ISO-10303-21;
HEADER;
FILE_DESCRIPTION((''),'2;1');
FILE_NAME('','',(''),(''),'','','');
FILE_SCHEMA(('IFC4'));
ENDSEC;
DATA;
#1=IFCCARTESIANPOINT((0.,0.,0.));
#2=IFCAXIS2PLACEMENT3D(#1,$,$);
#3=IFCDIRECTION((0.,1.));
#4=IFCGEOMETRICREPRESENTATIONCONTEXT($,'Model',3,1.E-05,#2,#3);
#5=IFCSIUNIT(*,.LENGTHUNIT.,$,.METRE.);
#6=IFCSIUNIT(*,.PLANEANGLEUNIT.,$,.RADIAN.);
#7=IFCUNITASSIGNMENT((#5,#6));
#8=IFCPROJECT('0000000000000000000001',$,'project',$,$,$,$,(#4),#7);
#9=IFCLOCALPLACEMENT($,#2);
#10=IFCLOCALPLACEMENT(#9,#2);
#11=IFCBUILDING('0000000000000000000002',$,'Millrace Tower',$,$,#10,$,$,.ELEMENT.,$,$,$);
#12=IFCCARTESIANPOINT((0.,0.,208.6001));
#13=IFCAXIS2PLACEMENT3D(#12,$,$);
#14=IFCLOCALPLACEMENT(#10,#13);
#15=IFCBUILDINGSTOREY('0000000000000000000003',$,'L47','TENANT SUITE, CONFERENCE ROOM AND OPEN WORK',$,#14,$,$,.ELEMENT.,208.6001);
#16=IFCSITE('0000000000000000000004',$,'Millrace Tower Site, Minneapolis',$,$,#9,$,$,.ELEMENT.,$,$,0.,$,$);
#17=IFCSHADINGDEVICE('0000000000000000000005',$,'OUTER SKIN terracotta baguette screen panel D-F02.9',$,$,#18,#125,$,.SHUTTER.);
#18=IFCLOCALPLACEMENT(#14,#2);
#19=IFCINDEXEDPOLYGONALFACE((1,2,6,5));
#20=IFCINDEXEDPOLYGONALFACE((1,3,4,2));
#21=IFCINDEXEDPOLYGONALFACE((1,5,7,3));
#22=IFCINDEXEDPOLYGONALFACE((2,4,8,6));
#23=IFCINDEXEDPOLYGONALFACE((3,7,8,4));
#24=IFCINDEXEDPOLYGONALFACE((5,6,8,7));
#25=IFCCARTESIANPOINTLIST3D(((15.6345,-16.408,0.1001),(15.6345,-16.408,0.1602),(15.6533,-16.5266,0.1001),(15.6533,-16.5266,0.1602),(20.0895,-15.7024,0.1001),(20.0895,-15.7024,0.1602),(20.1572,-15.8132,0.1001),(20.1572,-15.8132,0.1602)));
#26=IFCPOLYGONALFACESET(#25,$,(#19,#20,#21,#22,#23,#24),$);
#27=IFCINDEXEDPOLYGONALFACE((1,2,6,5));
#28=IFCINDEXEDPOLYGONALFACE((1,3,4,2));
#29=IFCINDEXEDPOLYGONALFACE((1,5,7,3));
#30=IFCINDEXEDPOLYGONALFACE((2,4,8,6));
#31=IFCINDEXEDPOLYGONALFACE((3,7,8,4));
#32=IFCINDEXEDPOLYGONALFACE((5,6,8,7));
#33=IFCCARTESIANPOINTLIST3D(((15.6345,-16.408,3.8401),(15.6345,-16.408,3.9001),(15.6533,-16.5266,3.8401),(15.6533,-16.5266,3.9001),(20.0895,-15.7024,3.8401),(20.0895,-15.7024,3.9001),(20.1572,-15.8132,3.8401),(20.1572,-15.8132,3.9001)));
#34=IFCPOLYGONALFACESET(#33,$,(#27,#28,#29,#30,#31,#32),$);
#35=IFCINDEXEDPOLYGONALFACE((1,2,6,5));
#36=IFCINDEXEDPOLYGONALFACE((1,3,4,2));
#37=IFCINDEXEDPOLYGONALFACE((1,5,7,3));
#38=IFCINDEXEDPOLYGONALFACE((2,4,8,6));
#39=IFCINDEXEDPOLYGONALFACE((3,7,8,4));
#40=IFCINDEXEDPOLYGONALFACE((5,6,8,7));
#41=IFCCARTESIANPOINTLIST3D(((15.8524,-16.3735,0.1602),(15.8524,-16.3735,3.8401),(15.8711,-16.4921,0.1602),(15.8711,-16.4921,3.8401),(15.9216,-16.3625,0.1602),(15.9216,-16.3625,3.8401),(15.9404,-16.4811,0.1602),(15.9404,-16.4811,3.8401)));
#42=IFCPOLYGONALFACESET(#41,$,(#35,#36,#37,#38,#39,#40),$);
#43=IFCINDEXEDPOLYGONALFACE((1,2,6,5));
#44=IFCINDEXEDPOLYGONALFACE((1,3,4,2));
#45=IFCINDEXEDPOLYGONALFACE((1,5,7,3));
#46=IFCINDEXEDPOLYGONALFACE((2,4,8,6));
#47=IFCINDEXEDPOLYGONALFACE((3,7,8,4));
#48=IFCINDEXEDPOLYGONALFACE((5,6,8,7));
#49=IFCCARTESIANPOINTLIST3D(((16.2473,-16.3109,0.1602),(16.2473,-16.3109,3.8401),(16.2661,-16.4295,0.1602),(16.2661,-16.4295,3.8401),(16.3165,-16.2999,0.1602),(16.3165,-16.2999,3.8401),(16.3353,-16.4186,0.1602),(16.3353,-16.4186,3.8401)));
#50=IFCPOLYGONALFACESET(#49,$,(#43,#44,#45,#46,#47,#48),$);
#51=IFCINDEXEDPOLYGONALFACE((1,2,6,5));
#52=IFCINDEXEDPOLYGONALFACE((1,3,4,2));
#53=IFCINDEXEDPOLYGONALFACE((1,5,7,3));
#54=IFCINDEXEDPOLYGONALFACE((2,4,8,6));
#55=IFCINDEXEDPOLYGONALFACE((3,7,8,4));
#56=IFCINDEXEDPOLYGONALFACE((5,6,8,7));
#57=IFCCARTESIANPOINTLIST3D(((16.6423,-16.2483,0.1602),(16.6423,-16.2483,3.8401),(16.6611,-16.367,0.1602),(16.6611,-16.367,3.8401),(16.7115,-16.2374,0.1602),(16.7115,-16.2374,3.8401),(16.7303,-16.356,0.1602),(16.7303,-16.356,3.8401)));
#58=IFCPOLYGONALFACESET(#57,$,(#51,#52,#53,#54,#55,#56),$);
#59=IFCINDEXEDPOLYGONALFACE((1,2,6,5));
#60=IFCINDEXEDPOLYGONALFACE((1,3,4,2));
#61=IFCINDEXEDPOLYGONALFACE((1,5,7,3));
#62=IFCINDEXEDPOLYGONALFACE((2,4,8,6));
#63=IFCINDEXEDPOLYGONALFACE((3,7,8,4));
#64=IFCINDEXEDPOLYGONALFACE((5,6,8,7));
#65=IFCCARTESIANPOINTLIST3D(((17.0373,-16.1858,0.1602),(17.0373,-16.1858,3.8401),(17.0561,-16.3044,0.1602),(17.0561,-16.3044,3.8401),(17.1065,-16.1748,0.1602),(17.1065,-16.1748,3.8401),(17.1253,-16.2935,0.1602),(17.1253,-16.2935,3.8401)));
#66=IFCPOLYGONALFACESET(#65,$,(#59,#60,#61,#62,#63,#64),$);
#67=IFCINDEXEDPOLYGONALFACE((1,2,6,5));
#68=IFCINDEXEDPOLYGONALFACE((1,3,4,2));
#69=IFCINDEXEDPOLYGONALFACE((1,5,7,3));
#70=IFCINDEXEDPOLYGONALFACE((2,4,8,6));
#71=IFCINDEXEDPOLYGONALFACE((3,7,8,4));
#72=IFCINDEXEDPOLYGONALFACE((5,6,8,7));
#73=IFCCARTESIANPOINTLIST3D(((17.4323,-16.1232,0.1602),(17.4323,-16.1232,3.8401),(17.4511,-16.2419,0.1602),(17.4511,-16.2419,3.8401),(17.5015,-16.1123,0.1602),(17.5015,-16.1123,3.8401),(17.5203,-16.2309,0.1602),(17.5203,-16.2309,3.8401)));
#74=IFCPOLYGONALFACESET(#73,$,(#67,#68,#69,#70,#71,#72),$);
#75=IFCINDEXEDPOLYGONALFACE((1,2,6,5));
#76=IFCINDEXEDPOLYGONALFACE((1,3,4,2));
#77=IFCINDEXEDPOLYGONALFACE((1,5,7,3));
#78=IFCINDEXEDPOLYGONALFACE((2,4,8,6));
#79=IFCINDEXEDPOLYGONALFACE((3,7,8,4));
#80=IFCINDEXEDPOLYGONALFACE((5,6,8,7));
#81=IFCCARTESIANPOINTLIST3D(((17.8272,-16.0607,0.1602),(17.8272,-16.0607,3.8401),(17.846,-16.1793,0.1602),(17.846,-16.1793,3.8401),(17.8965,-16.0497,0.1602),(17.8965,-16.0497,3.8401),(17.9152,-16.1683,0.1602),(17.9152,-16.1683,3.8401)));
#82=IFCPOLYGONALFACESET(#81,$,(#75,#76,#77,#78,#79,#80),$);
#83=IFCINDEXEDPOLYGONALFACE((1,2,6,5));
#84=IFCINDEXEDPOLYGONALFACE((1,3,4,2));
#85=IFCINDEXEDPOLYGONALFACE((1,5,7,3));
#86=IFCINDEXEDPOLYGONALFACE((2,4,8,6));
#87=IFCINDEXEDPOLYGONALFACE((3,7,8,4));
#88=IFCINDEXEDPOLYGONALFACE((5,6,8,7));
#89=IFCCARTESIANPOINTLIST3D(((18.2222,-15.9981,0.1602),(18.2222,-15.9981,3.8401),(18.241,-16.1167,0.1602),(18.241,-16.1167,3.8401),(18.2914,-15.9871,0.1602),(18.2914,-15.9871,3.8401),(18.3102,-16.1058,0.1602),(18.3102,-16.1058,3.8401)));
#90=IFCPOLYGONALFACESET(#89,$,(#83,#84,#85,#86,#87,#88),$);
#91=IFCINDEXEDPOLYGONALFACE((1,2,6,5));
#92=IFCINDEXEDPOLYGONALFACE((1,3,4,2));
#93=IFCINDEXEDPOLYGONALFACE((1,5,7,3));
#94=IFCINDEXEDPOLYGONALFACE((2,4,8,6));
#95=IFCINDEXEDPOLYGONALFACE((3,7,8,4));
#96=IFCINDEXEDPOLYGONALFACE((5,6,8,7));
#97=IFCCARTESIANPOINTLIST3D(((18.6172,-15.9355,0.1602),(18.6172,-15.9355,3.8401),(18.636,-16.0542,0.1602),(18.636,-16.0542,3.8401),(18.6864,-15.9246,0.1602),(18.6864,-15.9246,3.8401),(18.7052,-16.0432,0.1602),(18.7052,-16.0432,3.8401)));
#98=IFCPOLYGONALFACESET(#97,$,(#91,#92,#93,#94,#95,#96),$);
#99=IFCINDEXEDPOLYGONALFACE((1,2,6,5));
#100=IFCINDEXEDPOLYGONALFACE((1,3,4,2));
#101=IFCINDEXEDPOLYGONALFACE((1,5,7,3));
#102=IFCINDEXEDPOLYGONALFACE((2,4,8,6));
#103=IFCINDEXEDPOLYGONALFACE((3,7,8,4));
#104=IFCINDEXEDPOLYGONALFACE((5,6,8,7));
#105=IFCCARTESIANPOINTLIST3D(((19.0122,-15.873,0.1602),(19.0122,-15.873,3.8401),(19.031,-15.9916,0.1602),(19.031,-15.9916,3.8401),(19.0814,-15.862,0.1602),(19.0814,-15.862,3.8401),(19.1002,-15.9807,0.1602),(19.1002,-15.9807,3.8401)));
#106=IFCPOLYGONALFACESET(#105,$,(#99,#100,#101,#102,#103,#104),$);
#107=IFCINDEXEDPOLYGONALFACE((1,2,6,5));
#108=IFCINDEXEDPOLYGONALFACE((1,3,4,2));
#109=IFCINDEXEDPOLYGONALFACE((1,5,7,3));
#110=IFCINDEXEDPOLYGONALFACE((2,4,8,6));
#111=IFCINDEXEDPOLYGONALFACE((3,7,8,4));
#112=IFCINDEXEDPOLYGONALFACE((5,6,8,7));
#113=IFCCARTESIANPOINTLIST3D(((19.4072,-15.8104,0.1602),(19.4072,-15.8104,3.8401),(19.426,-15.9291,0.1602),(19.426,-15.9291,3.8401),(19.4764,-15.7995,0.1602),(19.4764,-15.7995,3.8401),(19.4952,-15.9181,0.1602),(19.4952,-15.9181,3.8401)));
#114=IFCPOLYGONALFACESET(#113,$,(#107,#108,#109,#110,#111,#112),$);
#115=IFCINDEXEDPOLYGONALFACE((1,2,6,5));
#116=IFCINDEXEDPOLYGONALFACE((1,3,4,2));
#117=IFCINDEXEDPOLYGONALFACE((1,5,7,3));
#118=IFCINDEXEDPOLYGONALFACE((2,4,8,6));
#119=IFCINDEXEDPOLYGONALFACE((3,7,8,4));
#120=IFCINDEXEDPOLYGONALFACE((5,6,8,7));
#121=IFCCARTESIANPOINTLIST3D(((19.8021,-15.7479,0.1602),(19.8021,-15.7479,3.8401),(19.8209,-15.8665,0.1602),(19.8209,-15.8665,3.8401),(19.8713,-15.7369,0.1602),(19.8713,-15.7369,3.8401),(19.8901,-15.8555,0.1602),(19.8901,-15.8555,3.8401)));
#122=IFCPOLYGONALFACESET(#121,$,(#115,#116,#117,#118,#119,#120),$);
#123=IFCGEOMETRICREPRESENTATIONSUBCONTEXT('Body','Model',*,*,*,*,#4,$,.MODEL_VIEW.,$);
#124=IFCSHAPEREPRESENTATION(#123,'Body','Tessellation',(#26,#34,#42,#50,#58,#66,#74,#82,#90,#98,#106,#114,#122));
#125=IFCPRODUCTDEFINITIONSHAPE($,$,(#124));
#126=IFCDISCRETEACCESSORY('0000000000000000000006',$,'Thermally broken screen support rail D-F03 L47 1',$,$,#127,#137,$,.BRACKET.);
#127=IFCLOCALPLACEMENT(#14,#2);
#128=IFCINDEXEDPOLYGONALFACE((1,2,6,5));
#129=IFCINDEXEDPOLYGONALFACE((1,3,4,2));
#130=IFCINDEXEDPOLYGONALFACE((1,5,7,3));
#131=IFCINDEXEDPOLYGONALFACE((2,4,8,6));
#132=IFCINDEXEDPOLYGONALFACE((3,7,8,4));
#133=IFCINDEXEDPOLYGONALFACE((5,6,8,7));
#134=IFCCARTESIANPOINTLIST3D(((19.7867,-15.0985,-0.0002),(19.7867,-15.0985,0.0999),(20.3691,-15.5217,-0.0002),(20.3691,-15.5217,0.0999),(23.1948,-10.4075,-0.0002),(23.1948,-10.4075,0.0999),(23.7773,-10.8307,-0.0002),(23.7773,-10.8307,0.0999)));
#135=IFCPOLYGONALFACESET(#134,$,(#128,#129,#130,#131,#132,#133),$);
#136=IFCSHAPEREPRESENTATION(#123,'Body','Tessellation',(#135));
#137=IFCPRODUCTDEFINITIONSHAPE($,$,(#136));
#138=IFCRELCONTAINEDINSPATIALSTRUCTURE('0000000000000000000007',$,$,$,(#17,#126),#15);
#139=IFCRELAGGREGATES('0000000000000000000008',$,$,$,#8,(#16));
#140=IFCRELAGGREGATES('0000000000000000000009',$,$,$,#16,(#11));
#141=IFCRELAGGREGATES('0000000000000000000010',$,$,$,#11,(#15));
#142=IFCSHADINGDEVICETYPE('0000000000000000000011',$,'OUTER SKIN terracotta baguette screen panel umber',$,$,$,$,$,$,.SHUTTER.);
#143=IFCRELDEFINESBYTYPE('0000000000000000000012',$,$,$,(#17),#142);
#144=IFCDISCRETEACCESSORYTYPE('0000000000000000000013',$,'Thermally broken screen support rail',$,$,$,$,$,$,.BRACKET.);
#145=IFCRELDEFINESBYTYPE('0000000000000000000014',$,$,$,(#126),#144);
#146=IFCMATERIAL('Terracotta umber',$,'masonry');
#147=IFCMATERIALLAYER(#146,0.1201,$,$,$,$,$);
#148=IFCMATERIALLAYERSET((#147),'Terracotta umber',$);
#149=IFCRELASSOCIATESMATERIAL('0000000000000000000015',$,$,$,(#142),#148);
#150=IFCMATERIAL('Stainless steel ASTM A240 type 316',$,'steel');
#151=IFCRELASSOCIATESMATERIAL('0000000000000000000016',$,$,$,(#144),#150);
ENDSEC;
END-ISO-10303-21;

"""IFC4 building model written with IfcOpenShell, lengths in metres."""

from ifc_helpers import new_model, entity, si_unit, direction, frame, frame_2d, origin, origin_2d, place, context, subcontext, project, spatial, rectangle, extrude, source, transform, mapped, material, layer, layer_set, type_object, element, save


model = new_model("IFC4")

# Units and contexts
model_context = context("Model", 3, precision=1e-05, world=origin(), true_north=direction((0.0, 1.0)))
body_context = subcontext(model_context, "Body", "Model", "MODEL_VIEW")
ifc_project = project(units=[si_unit("LENGTHUNIT", "METRE"), si_unit("PLANEANGLEUNIT", "RADIAN")], contexts=[model_context])

# Site, building, storey
site_placement = place(None, origin())
site = spatial("IfcSite", under=ifc_project, at=site_placement, Name="Millrace Tower Site, Minneapolis", CompositionType="ELEMENT", RefElevation=0.0)
building_placement = place(site_placement, origin())
building = spatial("IfcBuilding", under=site, at=building_placement, Name="Millrace Tower", CompositionType="ELEMENT")
storey_placement = place(building_placement, frame((0.0, 0.0, 208.6001)))
storey = spatial("IfcBuildingStorey", under=building, at=storey_placement, Name="L47", Description="TENANT SUITE, CONFERENCE ROOM AND OPEN WORK", CompositionType="ELEMENT", Elevation=208.6001)

# Shading device
ifc_material_1 = material(Name="Terracotta umber", Category="masonry")
ifc_layer_1 = layer(ifc_material_1, 0.1201)
ifc_layer_set_1 = layer_set([ifc_layer_1], Name="Terracotta umber")
shading_device_type = type_object("IfcShadingDeviceType", Name="OUTER SKIN terracotta baguette screen panel umber", PredefinedType="SHUTTER", material=ifc_layer_set_1)
cartesian_point_1 = entity("IfcCartesianPoint", [-2.2676, 0.0601])
shared_polyline_1 = entity("IfcPolyline", [cartesian_point_1, entity("IfcCartesianPoint", [2.2429, 0.0601]), entity("IfcCartesianPoint", [2.2925, -0.0601]), entity("IfcCartesianPoint", [-2.2676, -0.0601]), cartesian_point_1])
shared_shape_1 = source(origin(), body_context, "Body", "SweptSolid", [
    entity("IfcExtrudedAreaSolid", entity("IfcArbitraryClosedProfileDef", "AREA", None, shared_polyline_1), entity("IfcAxis2Placement3D", entity("IfcCartesianPoint", [0.0, 0.0, 0.0])), entity("IfcDirection", [0.0, 0.0, 1.0]), 0.0601),
    entity("IfcExtrudedAreaSolid", entity("IfcArbitraryClosedProfileDef", "AREA", None, shared_polyline_1), entity("IfcAxis2Placement3D", entity("IfcCartesianPoint", [0.0, 0.0, 3.74])), entity("IfcDirection", [0.0, 0.0, 1.0]), 0.0601),
    extrude(rectangle(XDim=0.0701, YDim=0.1201, at=frame_2d((-2.012, 0.0))), frame((0.0, 0.0, 0.0601)), (0.0, 0.0, 1.0), 3.6799),
    extrude(rectangle(XDim=0.0701, YDim=0.1201, at=frame_2d((-1.6121, 0.0))), frame((0.0, 0.0, 0.0601)), (0.0, 0.0, 1.0), 3.6799),
    extrude(rectangle(XDim=0.0701, YDim=0.1201, at=frame_2d((-1.2122, 0.0))), frame((0.0, 0.0, 0.0601)), (0.0, 0.0, 1.0), 3.6799),
    extrude(rectangle(XDim=0.0701, YDim=0.1201, at=frame_2d((-0.8123, 0.0))), frame((0.0, 0.0, 0.0601)), (0.0, 0.0, 1.0), 3.6799),
    extrude(rectangle(XDim=0.0701, YDim=0.1201, at=frame_2d((-0.4124, 0.0))), frame((0.0, 0.0, 0.0601)), (0.0, 0.0, 1.0), 3.6799),
    extrude(rectangle(XDim=0.0701, YDim=0.1201, at=frame_2d((-0.0125, 0.0))), frame((0.0, 0.0, 0.0601)), (0.0, 0.0, 1.0), 3.6799),
    extrude(rectangle(XDim=0.0701, YDim=0.1201, at=frame_2d((0.3875, 0.0))), frame((0.0, 0.0, 0.0601)), (0.0, 0.0, 1.0), 3.6799),
    extrude(rectangle(XDim=0.0701, YDim=0.1201, at=frame_2d((0.7874, 0.0))), frame((0.0, 0.0, 0.0601)), (0.0, 0.0, 1.0), 3.6799),
    extrude(rectangle(XDim=0.0701, YDim=0.1201, at=frame_2d((1.1873, 0.0))), frame((0.0, 0.0, 0.0601)), (0.0, 0.0, 1.0), 3.6799),
    extrude(rectangle(XDim=0.0701, YDim=0.1201, at=frame_2d((1.5872, 0.0))), frame((0.0, 0.0, 0.0601)), (0.0, 0.0, 1.0), 3.6799),
    extrude(rectangle(XDim=0.0701, YDim=0.1201, at=frame_2d((1.9871, 0.0))), frame((0.0, 0.0, 0.0601)), (0.0, 0.0, 1.0), 3.6799),
])
shading_device_1_placement = place(storey_placement, frame((17.8835, -16.1125, 0.1001), z_axis=(0.0, 0.0, 1.0), x_axis=(0.987688, 0.156434, 0.0)))
element("IfcShadingDevice", 1, at=shading_device_1_placement, inside=storey, type_object=shading_device_type, Name="OUTER SKIN terracotta baguette screen panel D-F02.9", PredefinedType="SHUTTER", context=body_context, shape_type="MappedRepresentation", body=[
    mapped(shared_shape_1, transform((0.0, 0.0, 0.0), scale=1.0)),
])

# Discrete accessory
ifc_material_2 = material(Name="Stainless steel ASTM A240 type 316", Category="steel")
discrete_accessory_type = type_object("IfcDiscreteAccessoryType", Name="Thermally broken screen support rail", PredefinedType="BRACKET", material=ifc_material_2)
discrete_accessory_placement = place(storey_placement, frame((21.782, -12.9646, -0.0002), z_axis=(0.0, 0.0, 1.0), x_axis=(0.587785, 0.809017, 0.0)))
element("IfcDiscreteAccessory", 2, at=discrete_accessory_placement, inside=storey, type_object=discrete_accessory_type, Name="Thermally broken screen support rail D-F03 L47 1", PredefinedType="BRACKET", context=body_context, shape_type="SweptSolid", body=[
    extrude(rectangle(XDim=5.7983, YDim=0.72, at=origin_2d()), origin(), (0.0, 0.0, 1.0), 0.1001),
])

save(model, "model.ifc")
